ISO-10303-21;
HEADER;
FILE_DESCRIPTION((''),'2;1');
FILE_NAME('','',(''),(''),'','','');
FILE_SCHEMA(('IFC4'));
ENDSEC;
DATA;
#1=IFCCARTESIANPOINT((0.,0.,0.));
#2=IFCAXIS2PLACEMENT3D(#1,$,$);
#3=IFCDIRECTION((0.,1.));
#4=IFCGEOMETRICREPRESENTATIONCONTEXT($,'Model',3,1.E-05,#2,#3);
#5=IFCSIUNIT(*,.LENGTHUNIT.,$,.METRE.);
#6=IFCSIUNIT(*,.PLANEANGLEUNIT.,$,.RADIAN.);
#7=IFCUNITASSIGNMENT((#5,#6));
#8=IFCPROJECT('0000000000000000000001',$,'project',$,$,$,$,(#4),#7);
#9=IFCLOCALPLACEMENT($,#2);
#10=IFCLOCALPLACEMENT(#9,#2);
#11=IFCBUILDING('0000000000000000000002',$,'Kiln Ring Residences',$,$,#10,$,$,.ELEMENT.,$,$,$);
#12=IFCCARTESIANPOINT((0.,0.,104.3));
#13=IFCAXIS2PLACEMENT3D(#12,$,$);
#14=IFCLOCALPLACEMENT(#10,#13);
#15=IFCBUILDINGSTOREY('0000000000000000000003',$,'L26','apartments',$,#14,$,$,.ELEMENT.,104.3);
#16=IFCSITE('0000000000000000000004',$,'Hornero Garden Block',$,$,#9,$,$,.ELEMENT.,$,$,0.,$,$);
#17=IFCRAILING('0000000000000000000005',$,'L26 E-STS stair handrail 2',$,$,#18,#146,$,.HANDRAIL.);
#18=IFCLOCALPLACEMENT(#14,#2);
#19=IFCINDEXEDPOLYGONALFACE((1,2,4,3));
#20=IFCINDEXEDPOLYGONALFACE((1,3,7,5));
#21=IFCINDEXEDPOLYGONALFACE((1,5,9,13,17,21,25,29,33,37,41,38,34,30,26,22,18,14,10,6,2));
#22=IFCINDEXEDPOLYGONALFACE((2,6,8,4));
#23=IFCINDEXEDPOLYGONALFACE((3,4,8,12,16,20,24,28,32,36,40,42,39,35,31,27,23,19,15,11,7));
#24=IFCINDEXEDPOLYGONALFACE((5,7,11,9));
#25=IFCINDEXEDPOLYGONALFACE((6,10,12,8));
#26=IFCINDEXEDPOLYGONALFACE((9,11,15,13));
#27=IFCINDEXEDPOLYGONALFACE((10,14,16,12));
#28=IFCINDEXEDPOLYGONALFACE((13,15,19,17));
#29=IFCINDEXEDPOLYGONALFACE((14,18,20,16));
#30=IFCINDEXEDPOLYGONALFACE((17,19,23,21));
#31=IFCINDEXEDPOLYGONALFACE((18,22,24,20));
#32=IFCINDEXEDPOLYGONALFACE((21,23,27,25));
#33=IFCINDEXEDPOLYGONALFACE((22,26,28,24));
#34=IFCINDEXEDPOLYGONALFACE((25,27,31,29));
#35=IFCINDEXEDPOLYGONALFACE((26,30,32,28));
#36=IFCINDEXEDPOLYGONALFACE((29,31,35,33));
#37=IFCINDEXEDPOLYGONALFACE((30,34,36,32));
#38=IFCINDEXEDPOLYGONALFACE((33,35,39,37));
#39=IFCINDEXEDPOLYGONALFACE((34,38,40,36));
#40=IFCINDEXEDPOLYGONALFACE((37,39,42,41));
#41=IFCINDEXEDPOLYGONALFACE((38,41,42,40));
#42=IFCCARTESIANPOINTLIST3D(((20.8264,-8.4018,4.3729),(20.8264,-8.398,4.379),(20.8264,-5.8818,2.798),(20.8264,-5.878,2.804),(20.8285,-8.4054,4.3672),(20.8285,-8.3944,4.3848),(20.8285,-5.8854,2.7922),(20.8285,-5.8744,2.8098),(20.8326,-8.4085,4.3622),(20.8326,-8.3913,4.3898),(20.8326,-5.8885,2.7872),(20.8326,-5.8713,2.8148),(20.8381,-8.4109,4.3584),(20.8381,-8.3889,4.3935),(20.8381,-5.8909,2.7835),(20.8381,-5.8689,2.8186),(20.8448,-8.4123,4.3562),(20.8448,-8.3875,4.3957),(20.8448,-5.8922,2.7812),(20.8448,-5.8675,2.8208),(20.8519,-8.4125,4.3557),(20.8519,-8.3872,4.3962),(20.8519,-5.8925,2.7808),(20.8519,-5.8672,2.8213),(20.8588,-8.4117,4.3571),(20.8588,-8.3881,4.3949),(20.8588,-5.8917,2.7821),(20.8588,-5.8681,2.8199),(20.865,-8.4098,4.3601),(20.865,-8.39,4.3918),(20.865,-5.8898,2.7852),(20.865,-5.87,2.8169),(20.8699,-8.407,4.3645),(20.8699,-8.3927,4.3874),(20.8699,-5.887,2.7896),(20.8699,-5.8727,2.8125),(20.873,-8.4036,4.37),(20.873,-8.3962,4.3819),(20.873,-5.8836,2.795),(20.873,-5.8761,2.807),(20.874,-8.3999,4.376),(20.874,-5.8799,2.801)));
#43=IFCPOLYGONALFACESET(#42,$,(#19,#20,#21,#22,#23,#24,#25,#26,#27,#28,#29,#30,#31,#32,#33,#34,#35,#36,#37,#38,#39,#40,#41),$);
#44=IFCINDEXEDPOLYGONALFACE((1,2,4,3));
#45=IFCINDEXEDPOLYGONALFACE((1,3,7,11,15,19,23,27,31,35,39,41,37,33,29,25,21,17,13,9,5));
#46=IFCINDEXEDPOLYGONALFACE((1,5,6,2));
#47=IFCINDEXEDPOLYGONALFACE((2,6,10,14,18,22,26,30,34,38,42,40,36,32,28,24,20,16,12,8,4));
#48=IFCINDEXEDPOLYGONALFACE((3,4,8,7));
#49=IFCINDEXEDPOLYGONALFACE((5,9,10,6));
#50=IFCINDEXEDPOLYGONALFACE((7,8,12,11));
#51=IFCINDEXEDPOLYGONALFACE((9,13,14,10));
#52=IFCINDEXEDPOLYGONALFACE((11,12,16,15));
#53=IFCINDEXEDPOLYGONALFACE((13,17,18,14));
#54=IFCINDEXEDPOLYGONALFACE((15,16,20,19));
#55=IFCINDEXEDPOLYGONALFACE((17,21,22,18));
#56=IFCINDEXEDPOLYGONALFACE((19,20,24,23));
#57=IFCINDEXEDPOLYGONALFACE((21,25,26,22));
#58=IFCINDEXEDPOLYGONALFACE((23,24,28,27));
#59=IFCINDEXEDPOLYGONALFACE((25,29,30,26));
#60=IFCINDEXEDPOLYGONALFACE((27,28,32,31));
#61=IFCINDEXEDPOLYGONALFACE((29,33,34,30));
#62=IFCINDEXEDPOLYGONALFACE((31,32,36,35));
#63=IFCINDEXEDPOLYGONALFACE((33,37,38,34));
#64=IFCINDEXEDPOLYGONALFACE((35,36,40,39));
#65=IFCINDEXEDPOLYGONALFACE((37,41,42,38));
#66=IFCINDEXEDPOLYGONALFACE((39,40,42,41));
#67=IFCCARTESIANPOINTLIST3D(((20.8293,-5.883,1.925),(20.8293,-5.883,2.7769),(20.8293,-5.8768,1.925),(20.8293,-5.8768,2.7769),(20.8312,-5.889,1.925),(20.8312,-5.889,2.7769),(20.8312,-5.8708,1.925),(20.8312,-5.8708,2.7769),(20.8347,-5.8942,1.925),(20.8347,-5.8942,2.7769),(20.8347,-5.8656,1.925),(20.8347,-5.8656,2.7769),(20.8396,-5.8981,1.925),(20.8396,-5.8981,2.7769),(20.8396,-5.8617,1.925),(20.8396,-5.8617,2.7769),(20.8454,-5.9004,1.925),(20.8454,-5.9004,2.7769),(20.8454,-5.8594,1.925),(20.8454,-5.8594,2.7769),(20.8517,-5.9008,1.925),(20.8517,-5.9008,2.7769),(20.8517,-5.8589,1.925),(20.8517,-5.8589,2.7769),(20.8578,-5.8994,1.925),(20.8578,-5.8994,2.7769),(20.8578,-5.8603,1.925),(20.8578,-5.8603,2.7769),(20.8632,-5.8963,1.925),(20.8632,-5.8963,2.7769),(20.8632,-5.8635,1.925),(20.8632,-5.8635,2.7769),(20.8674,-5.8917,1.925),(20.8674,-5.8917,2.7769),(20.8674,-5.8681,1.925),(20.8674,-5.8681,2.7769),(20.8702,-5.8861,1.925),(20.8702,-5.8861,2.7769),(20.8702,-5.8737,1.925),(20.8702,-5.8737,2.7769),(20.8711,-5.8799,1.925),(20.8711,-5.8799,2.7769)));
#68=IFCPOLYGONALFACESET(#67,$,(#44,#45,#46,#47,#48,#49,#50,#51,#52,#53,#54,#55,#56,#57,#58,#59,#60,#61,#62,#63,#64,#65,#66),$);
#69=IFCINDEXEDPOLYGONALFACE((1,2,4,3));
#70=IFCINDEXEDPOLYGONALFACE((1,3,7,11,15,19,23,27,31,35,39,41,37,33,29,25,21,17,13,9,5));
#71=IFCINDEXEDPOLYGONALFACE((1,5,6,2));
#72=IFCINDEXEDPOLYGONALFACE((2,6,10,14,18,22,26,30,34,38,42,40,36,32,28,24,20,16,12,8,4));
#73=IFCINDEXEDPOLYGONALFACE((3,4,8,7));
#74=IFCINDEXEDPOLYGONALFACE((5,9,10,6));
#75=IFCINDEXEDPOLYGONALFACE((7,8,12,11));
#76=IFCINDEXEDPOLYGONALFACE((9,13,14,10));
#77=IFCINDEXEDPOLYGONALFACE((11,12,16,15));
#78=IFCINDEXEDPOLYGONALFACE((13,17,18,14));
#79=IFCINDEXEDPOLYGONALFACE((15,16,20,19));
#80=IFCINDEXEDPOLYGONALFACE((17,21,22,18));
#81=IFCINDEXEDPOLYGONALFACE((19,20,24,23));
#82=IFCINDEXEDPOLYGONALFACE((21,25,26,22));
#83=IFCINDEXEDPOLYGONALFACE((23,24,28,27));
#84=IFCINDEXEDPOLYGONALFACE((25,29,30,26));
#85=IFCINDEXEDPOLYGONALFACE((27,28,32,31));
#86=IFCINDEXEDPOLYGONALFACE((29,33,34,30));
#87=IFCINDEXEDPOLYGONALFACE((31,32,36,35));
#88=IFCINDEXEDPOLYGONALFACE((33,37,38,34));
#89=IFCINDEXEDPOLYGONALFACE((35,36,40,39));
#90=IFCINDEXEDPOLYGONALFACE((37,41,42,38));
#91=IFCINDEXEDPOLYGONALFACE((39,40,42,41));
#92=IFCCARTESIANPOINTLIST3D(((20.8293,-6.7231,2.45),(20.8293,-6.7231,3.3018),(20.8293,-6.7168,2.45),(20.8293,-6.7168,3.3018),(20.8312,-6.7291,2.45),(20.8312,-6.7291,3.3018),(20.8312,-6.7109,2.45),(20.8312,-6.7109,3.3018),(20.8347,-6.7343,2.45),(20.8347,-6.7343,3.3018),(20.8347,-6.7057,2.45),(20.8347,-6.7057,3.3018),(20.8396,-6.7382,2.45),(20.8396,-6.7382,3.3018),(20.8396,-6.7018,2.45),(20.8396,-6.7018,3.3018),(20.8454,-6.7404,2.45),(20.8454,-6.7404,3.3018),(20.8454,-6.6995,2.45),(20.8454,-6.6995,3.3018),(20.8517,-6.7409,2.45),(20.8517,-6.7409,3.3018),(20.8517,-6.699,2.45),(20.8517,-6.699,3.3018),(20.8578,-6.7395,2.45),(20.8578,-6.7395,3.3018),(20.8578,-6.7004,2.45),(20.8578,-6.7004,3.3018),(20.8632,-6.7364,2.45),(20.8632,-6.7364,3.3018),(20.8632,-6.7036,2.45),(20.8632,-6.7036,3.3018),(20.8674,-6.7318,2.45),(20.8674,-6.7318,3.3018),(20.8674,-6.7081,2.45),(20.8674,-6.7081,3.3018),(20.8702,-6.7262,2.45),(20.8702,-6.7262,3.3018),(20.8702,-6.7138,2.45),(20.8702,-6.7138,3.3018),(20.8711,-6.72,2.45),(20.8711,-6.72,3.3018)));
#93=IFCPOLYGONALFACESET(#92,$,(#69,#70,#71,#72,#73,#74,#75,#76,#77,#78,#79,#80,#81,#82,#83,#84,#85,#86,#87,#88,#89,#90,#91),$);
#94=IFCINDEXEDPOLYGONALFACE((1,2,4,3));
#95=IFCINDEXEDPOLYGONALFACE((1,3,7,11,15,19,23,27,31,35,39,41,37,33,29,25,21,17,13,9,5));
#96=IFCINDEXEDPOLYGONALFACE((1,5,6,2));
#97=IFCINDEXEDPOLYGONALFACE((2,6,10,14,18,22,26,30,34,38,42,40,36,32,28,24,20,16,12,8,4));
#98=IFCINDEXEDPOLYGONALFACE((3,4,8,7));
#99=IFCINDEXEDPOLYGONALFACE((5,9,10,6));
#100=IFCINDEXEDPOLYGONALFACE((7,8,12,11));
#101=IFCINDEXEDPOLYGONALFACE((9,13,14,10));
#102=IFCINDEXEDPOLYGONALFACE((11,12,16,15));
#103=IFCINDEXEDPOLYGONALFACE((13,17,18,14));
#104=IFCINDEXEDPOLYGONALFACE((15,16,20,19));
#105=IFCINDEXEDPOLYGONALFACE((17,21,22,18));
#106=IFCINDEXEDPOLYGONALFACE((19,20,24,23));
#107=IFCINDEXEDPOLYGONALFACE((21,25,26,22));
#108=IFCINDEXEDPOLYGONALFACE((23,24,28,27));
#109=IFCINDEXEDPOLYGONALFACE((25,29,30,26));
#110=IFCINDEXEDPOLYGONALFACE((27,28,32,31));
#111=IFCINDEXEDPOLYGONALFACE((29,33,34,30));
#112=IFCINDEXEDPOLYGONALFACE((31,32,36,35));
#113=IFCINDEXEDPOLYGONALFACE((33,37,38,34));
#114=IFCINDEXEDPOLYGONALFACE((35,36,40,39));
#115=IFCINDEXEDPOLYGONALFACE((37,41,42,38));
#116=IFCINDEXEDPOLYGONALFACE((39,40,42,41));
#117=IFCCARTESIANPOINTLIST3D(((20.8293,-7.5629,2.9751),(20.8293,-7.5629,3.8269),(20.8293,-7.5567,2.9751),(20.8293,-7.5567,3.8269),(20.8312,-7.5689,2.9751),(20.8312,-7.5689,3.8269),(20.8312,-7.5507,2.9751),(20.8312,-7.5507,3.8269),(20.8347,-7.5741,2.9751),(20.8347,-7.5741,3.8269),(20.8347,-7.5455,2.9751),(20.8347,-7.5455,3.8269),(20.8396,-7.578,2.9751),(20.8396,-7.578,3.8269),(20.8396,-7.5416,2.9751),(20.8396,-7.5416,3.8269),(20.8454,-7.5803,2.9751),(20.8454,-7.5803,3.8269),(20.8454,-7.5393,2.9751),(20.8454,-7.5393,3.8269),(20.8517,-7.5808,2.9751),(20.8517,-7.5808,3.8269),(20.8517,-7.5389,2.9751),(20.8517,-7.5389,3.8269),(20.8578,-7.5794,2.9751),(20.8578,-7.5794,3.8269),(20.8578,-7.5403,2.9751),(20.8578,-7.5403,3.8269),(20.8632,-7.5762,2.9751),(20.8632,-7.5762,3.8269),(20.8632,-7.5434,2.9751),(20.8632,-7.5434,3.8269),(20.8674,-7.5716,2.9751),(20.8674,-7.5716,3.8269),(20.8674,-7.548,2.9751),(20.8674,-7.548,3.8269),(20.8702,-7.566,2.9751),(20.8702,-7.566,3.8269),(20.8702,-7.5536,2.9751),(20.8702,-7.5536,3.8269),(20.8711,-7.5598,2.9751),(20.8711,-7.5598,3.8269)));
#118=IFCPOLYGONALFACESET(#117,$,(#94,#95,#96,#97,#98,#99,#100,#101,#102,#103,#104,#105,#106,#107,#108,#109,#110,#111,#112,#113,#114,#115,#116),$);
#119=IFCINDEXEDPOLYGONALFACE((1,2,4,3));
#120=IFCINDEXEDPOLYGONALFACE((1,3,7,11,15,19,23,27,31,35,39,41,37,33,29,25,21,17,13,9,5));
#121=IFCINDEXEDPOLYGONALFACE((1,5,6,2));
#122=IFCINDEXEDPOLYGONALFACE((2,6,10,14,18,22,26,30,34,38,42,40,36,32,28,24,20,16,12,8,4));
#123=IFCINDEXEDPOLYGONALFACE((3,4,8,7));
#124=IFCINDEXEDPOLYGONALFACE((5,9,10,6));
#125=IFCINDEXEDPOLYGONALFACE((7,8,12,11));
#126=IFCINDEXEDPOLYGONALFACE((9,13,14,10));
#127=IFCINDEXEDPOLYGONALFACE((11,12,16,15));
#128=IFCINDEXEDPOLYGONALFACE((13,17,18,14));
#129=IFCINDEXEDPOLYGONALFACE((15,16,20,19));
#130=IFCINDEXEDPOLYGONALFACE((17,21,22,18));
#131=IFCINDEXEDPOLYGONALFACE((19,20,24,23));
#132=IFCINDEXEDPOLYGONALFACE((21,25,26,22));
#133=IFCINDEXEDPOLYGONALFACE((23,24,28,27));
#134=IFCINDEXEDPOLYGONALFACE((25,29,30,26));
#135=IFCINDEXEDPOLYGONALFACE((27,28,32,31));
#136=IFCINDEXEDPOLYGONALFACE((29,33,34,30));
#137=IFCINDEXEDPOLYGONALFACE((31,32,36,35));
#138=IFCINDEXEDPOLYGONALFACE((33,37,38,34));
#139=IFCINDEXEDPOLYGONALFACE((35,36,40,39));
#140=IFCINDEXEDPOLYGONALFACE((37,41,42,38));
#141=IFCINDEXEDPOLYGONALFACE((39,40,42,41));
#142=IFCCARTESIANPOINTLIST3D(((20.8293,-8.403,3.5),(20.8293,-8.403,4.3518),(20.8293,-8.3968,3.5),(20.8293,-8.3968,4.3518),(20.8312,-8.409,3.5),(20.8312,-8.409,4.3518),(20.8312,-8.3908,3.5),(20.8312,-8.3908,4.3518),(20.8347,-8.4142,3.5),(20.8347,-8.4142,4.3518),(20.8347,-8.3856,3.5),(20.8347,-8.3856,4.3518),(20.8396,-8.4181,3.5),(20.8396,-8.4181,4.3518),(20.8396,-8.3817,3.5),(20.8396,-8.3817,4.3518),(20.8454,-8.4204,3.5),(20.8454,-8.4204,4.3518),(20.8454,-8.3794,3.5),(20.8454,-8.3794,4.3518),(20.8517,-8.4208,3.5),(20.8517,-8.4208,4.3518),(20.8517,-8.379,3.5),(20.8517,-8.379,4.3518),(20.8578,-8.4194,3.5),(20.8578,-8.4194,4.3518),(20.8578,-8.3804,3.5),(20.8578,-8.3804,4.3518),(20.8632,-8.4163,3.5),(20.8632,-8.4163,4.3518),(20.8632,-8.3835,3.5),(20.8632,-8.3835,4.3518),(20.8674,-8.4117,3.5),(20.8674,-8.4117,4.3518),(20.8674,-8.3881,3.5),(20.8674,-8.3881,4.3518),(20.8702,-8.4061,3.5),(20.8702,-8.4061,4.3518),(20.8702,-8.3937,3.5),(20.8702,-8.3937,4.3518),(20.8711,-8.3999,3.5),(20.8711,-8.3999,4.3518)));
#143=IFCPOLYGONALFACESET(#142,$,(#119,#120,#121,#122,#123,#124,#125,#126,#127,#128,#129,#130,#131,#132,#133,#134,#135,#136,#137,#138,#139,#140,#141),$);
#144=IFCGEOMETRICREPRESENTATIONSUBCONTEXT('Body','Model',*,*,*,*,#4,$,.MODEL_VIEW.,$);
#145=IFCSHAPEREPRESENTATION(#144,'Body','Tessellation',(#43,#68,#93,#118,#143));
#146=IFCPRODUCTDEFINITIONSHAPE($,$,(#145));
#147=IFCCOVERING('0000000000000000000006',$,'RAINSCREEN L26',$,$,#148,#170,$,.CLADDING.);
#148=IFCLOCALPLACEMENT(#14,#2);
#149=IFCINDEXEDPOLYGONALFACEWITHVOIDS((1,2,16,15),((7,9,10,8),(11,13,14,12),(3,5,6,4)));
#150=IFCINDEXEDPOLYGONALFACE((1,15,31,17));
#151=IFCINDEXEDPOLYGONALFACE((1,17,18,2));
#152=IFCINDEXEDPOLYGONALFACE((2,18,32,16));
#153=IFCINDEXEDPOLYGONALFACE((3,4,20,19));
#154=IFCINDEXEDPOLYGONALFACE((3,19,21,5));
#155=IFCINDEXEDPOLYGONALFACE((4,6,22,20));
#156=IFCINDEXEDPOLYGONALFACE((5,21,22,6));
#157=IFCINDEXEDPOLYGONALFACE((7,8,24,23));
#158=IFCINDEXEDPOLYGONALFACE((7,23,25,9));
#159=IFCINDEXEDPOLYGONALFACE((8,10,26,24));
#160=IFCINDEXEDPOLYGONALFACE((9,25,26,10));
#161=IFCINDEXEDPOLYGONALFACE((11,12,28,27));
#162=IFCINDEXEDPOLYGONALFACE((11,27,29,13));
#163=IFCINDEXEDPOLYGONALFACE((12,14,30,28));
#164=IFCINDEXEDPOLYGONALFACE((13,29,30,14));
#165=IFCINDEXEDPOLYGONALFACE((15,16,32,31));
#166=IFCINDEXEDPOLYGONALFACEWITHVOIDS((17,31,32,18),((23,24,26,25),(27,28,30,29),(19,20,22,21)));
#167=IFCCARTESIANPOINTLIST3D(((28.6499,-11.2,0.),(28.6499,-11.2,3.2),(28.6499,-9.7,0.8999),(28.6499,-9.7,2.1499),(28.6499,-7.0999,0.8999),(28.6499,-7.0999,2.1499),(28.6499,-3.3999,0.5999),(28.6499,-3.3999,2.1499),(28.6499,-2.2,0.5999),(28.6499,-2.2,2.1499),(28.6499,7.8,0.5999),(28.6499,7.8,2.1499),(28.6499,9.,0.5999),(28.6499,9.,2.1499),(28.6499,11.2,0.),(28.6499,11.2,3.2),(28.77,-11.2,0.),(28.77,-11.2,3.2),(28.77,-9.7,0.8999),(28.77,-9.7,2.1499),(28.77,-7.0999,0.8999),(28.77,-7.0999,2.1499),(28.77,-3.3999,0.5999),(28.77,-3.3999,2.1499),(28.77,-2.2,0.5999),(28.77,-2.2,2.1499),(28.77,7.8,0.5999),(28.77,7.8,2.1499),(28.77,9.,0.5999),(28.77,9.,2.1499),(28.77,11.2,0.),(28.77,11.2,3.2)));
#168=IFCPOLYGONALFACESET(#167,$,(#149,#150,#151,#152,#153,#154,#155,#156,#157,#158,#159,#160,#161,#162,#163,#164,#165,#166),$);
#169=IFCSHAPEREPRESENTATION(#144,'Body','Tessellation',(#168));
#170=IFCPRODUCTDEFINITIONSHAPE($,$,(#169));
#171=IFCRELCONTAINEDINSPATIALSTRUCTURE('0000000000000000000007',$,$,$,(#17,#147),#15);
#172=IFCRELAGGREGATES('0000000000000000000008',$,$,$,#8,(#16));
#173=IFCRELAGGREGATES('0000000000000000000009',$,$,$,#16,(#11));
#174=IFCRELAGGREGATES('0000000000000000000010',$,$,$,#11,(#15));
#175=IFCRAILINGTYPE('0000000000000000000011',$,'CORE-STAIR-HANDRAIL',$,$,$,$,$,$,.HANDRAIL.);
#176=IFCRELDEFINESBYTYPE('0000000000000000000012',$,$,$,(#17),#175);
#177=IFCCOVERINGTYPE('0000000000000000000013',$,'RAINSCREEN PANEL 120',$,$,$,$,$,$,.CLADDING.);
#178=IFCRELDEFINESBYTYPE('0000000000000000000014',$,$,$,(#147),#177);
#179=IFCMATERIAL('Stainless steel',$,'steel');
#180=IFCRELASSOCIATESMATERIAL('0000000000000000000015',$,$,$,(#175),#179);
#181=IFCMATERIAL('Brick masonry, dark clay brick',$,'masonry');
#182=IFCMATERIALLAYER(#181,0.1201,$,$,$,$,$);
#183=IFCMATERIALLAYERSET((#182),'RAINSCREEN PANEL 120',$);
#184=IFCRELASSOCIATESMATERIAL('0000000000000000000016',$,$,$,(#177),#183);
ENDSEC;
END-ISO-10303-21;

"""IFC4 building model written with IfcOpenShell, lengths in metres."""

from ifc_helpers import new_model, si_unit, direction, frame, origin, origin_2d, place, context, subcontext, project, spatial, polyline, circle, outline, extrude, material, layer, layer_set, type_object, element, save


model = new_model("IFC4")

# Units and contexts
model_context = context("Model", 3, precision=1e-05, world=origin(), true_north=direction((0.0, 1.0)))
body_context = subcontext(model_context, "Body", "Model", "MODEL_VIEW")
ifc_project = project(units=[si_unit("LENGTHUNIT", "METRE"), si_unit("PLANEANGLEUNIT", "RADIAN")], contexts=[model_context])

# Site, building, storey
site_placement = place(None, origin())
site = spatial("IfcSite", under=ifc_project, at=site_placement, Name="Hornero Garden Block", CompositionType="ELEMENT", RefElevation=0.0)
building_placement = place(site_placement, origin())
building = spatial("IfcBuilding", under=site, at=building_placement, Name="Kiln Ring Residences", CompositionType="ELEMENT")
storey_placement = place(building_placement, frame((0.0, 0.0, 104.3)))
storey = spatial("IfcBuildingStorey", under=building, at=storey_placement, Name="L26", Description="apartments", CompositionType="ELEMENT", Elevation=104.3)

# Railing
ifc_material_1 = material(Name="Stainless steel", Category="steel")
railing_type_1 = type_object("IfcRailingType", Name="CORE-STAIR-HANDRAIL", PredefinedType="HANDRAIL", material=ifc_material_1)
railing_1_placement = place(storey_placement, frame((20.8501, -5.8799, 1.925)))
element("IfcRailing", 1, at=railing_1_placement, inside=storey, type_object=railing_type_1, Name="L26 E-STS stair handrail 2", PredefinedType="HANDRAIL", context=body_context, shape_type="SweptSolid", body=[
    extrude(circle(Radius=0.0239, at=origin_2d()), frame((0.0, 0.0, 0.876), z_axis=(0.0, -0.848008, 0.529984), x_axis=(1.0, 0.0, 0.0)), (0.0, 0.0, 1.0), 2.9717),
    extrude(circle(Radius=0.021, at=origin_2d()), origin(), (0.0, 0.0, 1.0), 0.8518),
    extrude(circle(Radius=0.021, at=origin_2d()), frame((0.0, -0.8401, 0.5249)), (0.0, 0.0, 1.0), 0.8518),
    extrude(circle(Radius=0.021, at=origin_2d()), frame((0.0, -1.6799, 1.05)), (0.0, 0.0, 1.0), 0.8518),
    extrude(circle(Radius=0.021, at=origin_2d()), frame((0.0, -2.52, 1.575)), (0.0, 0.0, 1.0), 0.8518),
])

# Covering
ifc_material_2 = material(Name="Brick masonry, dark clay brick", Category="masonry")
ifc_layer_1 = layer(ifc_material_2, 0.1201)
ifc_layer_set_1 = layer_set([ifc_layer_1], Name="RAINSCREEN PANEL 120")
covering_type = type_object("IfcCoveringType", Name="RAINSCREEN PANEL 120", PredefinedType="CLADDING", material=ifc_layer_set_1)
covering_placement = place(storey_placement, frame((28.71, -11.2, 0.0), z_axis=(0.0, 0.0, 1.0), x_axis=(0.0, 1.0, 0.0)))
element("IfcCovering", 2, at=covering_placement, inside=storey, type_object=covering_type, Name="RAINSCREEN L26", PredefinedType="CLADDING", context=body_context, shape_type="SweptSolid", body=[
    extrude(outline(polyline([(0.0, 0.0), (22.3999, 0.0), (22.3999, 3.2), (0.0, 3.2), (0.0, 0.0)]), holes=[polyline([(9.0, 2.1499), (7.8, 2.1499), (7.8, 0.5999), (9.0, 0.5999), (9.0, 2.1499)]), polyline([(20.2, 0.5999), (20.2, 2.1499), (19.0, 2.1499), (19.0, 0.5999), (20.2, 0.5999)]), polyline([(4.1001, 0.8999), (4.1001, 2.1499), (1.5, 2.1499), (1.5, 0.8999), (4.1001, 0.8999)])]), frame((0.0, 0.0601, 0.0), z_axis=(0.0, -1.0, 0.0), x_axis=(1.0, 0.0, 0.0)), (0.0, 0.0, 1.0), 0.1201),
])

save(model, "model.ifc")
